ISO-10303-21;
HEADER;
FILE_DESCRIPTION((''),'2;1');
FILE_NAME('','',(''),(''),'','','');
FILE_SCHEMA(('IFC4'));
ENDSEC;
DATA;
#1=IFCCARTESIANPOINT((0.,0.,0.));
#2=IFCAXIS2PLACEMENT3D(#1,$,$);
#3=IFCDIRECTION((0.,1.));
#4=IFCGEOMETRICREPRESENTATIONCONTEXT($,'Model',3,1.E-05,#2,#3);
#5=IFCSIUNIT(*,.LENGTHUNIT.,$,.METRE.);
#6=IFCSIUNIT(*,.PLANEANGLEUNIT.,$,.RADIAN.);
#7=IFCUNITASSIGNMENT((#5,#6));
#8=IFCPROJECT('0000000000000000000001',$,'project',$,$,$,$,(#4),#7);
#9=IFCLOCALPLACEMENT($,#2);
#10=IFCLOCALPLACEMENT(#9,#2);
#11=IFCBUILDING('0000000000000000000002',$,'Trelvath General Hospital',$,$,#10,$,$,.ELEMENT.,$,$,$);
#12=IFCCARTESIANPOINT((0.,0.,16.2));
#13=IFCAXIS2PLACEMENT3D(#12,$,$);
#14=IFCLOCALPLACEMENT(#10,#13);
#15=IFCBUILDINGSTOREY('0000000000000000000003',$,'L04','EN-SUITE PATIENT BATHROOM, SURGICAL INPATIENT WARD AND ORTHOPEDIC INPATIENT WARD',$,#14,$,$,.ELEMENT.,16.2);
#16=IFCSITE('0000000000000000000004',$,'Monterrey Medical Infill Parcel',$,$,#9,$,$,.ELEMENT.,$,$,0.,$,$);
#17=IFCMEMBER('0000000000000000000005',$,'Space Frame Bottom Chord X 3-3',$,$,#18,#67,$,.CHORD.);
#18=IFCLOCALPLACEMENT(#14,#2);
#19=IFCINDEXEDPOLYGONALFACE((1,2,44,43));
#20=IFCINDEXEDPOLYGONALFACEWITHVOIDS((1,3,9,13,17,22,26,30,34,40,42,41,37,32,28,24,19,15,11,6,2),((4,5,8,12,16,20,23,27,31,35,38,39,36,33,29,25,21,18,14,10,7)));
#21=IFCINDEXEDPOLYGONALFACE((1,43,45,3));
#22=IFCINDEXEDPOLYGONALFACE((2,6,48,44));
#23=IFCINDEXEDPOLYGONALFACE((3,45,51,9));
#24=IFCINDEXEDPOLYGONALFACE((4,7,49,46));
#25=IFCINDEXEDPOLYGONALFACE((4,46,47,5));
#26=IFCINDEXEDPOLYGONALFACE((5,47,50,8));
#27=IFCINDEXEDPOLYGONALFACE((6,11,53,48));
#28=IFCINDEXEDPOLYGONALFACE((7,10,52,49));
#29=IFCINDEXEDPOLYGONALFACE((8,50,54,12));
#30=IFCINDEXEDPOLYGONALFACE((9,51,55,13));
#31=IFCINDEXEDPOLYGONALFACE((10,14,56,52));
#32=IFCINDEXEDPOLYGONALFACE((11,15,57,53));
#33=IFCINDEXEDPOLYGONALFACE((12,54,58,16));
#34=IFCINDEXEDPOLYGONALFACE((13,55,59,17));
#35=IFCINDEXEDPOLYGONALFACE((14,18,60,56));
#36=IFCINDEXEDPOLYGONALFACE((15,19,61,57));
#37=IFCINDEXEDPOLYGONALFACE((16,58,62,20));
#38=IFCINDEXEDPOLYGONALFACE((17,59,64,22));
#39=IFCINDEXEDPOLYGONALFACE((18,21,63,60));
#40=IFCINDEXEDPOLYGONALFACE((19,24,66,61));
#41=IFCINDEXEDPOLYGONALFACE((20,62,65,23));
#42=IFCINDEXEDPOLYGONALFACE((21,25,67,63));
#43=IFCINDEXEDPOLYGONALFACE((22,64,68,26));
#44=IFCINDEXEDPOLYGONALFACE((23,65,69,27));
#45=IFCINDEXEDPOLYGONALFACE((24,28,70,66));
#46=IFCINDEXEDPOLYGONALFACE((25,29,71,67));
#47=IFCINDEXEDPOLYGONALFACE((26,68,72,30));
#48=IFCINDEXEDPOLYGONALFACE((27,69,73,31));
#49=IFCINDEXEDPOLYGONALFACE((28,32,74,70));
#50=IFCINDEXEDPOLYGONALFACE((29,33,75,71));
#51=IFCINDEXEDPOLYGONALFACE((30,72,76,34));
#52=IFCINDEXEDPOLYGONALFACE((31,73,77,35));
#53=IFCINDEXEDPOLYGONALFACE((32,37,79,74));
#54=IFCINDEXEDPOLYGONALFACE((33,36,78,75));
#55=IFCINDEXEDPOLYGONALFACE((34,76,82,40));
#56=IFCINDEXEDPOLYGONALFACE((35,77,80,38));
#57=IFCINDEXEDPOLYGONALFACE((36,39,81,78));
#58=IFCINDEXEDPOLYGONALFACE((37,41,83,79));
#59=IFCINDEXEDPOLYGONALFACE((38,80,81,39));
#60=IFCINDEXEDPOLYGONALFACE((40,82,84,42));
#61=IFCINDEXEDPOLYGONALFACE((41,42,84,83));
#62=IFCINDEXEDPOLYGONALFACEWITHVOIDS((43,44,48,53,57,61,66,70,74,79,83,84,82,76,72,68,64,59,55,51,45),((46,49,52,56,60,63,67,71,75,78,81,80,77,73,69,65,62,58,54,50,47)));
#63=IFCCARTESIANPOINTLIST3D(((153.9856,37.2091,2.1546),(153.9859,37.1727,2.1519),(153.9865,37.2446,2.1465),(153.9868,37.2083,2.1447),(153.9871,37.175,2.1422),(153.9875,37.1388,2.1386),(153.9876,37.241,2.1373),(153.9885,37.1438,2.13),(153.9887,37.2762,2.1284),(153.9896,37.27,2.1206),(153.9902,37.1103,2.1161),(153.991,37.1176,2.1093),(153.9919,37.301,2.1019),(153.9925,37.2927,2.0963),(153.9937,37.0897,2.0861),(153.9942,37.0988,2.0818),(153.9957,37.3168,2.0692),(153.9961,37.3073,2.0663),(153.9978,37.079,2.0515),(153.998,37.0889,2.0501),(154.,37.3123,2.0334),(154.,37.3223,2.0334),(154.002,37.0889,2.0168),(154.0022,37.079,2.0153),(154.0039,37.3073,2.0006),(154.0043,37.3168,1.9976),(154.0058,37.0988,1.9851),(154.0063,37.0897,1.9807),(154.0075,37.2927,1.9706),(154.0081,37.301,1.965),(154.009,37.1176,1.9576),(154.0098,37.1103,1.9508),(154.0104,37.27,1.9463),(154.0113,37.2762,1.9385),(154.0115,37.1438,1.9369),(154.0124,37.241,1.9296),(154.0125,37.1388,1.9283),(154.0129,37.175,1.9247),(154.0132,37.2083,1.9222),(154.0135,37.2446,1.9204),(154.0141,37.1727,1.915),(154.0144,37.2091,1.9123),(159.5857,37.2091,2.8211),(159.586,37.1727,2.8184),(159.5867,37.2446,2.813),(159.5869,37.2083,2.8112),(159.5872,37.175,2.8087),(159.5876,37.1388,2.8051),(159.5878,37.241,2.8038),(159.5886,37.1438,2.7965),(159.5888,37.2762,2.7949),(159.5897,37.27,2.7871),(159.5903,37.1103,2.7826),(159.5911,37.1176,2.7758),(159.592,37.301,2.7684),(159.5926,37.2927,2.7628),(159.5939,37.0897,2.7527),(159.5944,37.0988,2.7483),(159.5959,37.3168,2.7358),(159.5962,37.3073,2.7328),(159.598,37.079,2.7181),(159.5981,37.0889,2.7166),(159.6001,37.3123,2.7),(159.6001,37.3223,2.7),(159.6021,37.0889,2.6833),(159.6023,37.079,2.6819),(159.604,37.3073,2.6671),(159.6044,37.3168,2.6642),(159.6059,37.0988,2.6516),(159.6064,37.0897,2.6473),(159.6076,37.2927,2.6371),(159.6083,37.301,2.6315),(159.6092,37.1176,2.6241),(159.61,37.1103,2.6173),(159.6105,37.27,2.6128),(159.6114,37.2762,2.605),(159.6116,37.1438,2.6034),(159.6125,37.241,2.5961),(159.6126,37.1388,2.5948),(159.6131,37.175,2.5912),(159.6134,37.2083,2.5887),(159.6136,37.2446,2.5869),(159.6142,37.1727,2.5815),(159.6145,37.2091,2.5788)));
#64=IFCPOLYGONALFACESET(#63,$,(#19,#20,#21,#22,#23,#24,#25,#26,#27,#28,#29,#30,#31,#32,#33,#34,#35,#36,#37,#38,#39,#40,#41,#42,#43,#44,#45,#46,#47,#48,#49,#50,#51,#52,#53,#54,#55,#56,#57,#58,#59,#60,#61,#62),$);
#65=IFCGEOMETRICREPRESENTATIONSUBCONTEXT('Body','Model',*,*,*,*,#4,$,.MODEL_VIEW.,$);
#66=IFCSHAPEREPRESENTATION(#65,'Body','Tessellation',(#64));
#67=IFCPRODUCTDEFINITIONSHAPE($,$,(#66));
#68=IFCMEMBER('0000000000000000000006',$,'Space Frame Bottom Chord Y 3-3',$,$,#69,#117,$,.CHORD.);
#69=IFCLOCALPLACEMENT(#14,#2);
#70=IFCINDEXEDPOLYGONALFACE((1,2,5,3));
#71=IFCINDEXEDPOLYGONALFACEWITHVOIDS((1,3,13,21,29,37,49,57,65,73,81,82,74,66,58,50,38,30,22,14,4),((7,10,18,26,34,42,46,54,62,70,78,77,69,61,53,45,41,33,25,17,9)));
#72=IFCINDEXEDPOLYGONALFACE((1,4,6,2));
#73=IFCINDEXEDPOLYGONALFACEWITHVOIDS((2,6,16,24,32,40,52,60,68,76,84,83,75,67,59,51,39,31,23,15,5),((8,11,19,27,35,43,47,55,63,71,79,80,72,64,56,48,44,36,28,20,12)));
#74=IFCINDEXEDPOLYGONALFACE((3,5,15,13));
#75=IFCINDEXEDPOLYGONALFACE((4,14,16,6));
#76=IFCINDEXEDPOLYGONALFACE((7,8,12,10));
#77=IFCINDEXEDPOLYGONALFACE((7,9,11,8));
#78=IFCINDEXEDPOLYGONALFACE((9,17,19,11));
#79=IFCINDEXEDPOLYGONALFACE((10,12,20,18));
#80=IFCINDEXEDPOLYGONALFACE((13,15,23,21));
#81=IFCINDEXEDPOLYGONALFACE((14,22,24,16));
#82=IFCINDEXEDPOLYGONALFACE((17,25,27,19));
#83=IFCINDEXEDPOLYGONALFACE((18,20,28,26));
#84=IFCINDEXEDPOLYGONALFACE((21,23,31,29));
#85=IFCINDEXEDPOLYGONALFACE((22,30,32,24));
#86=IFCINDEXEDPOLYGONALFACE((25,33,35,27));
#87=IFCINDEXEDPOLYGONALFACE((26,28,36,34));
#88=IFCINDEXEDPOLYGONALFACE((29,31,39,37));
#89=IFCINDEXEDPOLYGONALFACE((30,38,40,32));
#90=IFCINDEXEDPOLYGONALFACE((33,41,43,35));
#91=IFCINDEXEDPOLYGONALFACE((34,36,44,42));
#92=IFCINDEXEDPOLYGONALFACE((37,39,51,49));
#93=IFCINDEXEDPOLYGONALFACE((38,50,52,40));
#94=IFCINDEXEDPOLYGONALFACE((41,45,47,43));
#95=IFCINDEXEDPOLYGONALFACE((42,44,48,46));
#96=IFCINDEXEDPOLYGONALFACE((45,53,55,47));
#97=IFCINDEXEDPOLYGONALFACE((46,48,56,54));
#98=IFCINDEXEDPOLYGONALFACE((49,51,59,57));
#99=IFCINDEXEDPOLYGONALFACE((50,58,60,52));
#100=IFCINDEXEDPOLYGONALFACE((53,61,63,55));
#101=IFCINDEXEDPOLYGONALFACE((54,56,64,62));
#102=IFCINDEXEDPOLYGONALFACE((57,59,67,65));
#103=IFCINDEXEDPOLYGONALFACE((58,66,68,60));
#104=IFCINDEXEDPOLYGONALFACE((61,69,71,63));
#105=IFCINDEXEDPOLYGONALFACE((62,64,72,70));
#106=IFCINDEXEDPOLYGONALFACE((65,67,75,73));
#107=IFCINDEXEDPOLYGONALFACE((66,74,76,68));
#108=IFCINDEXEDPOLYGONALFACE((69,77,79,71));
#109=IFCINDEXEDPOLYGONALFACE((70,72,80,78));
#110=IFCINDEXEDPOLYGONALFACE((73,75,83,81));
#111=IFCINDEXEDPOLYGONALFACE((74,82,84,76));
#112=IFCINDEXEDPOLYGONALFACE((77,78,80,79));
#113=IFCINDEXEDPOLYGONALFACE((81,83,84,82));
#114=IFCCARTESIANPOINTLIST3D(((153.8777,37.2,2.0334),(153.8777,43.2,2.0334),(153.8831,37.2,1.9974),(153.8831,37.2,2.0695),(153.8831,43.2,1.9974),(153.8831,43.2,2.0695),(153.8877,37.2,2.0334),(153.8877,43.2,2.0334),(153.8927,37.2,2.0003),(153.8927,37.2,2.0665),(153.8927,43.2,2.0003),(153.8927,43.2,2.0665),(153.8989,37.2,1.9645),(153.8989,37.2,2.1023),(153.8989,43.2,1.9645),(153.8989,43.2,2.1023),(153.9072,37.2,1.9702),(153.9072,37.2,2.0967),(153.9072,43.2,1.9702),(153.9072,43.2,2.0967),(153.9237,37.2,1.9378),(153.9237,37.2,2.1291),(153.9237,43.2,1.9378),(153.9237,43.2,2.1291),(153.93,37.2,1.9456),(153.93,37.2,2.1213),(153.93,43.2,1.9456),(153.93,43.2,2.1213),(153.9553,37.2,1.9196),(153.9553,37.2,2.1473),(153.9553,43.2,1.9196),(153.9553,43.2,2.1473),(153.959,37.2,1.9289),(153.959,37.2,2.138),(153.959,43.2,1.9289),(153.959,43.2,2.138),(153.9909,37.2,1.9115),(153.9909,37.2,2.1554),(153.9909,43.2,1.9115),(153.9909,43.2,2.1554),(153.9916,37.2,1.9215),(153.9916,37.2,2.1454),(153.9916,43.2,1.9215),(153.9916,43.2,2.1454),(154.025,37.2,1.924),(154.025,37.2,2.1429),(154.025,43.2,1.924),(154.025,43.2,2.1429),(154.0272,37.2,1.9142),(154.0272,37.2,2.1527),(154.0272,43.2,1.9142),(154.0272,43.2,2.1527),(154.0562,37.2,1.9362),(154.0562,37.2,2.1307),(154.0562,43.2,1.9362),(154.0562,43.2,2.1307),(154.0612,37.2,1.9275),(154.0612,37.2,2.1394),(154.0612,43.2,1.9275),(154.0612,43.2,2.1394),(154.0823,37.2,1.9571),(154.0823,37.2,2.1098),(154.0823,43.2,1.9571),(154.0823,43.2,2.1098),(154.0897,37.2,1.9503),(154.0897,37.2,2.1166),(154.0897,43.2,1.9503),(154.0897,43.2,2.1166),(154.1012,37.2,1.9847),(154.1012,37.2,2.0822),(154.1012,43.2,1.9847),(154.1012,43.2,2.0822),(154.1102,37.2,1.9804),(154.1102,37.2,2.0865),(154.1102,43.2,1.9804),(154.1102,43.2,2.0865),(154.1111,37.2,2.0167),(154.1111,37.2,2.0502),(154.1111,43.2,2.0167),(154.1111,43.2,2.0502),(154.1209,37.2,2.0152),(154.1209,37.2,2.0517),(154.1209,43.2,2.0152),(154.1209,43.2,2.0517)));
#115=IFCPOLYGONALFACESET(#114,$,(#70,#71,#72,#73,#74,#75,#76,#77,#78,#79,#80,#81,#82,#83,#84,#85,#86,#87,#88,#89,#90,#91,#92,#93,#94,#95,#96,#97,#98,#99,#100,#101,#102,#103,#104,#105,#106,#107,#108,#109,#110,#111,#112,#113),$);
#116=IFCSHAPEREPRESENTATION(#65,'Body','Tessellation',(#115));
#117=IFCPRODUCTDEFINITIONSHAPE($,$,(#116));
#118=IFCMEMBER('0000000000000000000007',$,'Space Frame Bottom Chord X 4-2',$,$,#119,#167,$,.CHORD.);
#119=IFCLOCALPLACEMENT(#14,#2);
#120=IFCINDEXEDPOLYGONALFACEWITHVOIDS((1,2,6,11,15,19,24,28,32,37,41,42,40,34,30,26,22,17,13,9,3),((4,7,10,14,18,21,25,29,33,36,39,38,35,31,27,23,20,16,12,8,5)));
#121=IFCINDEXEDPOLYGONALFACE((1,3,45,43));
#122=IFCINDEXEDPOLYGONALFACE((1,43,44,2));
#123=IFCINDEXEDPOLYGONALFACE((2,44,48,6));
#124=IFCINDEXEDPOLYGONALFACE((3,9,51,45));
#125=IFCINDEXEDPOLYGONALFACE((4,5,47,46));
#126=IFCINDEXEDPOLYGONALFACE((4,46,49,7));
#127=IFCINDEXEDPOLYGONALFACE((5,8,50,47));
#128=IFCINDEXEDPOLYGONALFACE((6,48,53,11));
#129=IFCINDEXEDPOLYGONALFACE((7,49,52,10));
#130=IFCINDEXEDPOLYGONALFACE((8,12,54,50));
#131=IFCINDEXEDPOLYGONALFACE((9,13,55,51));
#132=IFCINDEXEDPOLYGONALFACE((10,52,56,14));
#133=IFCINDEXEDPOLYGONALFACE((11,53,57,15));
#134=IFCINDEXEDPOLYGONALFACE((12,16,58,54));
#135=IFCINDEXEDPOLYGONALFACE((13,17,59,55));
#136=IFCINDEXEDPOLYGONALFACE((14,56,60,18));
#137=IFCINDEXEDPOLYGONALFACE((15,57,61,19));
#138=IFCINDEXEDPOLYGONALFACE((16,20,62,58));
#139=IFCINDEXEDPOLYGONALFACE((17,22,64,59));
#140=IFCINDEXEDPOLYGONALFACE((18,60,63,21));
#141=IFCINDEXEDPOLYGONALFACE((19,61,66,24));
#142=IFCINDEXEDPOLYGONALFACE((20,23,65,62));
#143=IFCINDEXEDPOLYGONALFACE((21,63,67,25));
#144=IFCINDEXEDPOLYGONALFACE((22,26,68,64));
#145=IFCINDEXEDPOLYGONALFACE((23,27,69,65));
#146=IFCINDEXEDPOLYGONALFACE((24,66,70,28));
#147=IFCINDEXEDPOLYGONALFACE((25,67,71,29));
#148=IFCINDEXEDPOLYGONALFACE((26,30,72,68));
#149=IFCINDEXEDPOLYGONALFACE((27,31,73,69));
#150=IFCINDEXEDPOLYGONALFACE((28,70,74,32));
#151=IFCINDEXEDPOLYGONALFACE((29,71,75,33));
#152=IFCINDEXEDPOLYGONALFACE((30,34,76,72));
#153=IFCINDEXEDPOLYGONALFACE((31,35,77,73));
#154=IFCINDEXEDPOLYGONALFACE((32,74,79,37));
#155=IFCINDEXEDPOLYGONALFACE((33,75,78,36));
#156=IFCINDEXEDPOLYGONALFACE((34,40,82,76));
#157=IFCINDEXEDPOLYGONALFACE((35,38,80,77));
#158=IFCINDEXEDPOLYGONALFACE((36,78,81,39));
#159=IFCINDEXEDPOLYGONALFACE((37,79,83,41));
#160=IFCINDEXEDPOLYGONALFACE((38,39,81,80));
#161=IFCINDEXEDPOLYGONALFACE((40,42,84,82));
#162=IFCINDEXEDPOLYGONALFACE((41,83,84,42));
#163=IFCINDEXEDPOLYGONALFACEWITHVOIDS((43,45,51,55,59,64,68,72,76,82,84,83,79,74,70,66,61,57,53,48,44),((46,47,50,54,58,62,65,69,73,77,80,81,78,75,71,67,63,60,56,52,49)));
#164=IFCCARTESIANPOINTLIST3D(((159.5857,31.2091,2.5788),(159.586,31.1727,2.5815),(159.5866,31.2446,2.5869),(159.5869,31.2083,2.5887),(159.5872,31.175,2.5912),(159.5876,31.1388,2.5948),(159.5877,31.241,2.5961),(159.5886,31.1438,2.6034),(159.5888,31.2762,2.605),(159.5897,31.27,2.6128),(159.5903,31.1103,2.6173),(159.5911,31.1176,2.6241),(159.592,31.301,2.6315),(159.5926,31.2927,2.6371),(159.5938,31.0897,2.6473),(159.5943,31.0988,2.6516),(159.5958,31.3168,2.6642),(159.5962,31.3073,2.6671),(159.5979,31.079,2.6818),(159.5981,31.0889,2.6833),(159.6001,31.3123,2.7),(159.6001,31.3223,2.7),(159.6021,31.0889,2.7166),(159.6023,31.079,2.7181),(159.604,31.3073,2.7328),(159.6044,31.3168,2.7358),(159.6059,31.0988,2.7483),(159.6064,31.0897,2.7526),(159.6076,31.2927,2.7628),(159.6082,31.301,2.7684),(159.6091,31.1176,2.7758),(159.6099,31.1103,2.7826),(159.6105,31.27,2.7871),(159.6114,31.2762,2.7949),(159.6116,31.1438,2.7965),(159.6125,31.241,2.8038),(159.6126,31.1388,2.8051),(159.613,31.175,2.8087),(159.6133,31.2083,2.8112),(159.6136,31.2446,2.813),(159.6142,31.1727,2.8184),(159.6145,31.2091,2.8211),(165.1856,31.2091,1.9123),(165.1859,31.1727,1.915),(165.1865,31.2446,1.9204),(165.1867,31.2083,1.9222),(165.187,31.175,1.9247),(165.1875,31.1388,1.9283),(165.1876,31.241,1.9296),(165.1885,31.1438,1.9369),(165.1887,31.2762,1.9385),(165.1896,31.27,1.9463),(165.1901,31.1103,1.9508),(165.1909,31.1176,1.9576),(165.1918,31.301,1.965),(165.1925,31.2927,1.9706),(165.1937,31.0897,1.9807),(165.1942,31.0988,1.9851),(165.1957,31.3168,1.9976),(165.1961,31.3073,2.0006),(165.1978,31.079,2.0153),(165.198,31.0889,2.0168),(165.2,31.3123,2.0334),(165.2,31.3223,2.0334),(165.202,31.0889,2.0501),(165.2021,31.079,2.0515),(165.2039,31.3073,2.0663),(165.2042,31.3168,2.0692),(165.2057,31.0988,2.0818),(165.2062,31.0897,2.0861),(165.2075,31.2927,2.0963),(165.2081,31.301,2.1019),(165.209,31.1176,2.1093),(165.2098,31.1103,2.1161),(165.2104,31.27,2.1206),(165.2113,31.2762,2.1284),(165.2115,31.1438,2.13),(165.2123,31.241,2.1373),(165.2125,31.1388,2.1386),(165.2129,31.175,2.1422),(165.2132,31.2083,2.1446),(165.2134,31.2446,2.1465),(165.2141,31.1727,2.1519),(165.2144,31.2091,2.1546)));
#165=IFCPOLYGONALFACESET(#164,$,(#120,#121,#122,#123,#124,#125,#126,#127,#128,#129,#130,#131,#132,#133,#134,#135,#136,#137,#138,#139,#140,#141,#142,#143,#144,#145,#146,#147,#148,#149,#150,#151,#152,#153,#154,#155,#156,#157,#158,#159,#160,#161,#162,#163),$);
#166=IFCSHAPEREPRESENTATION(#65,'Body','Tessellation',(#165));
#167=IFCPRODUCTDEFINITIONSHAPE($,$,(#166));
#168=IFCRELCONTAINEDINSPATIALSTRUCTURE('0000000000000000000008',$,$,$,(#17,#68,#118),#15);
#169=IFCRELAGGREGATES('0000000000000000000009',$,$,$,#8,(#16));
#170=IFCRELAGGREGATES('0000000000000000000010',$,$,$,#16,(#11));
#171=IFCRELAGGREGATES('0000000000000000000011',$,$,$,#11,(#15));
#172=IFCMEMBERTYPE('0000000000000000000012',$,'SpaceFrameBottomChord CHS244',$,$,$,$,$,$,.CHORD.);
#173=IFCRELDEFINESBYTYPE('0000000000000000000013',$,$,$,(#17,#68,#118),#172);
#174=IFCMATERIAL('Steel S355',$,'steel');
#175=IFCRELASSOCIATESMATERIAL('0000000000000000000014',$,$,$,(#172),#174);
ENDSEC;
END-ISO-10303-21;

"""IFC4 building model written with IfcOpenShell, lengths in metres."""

from ifc_helpers import new_model, si_unit, direction, frame, origin, origin_2d, place, context, subcontext, project, spatial, hollow_circle, extrude, material, material_profile, profile_set, type_object, element, save


model = new_model("IFC4")

# Units and contexts
model_context = context("Model", 3, precision=1e-05, world=origin(), true_north=direction((0.0, 1.0)))
body_context = subcontext(model_context, "Body", "Model", "MODEL_VIEW")
ifc_project = project(units=[si_unit("LENGTHUNIT", "METRE"), si_unit("PLANEANGLEUNIT", "RADIAN")], contexts=[model_context])

# Site, building, storey
site_placement = place(None, origin())
site = spatial("IfcSite", under=ifc_project, at=site_placement, Name="Monterrey Medical Infill Parcel", CompositionType="ELEMENT", RefElevation=0.0)
building_placement = place(site_placement, origin())
building = spatial("IfcBuilding", under=site, at=building_placement, Name="Trelvath General Hospital", CompositionType="ELEMENT")
storey_placement = place(building_placement, frame((0.0, 0.0, 16.2)))
storey = spatial("IfcBuildingStorey", under=building, at=storey_placement, Name="L04", Description="EN-SUITE PATIENT BATHROOM, SURGICAL INPATIENT WARD AND ORTHOPEDIC INPATIENT WARD", CompositionType="ELEMENT", Elevation=16.2)

# Members
ifc_material_1 = material(Name="Steel S355", Category="steel")
ifc_material_profile_1 = material_profile(ifc_material_1, hollow_circle(Radius=0.1223, WallThickness=0.01, at=origin_2d()), Name="CHS244.5x10.0")
ifc_profile_set_1 = profile_set([ifc_material_profile_1], Name="Steel S355")
member_type_1 = type_object("IfcMemberType", Name="SpaceFrameBottomChord CHS244", PredefinedType="CHORD", material=ifc_profile_set_1)
member_1_placement = place(storey_placement, frame((154.0, 37.2, 2.0334), z_axis=(0.992992, 0.0, 0.118182), x_axis=(0.0, 1.0, 0.0)))
element("IfcMember", 1, at=member_1_placement, inside=storey, type_object=member_type_1, Name="Space Frame Bottom Chord X 3-3", PredefinedType="CHORD", context=body_context, shape_type="SweptSolid", body=[
    extrude(hollow_circle(Radius=0.1223, WallThickness=0.01, at=origin_2d()), origin(), (0.0, 0.0, 1.0), 5.6396),
])
member_2_placement = place(storey_placement, frame((154.0, 37.2, 2.0334), z_axis=(0.0, 1.0, 0.0), x_axis=(-1.0, 0.0, 0.0)))
element("IfcMember", 2, at=member_2_placement, inside=storey, type_object=member_type_1, Name="Space Frame Bottom Chord Y 3-3", PredefinedType="CHORD", context=body_context, shape_type="SweptSolid", body=[
    extrude(hollow_circle(Radius=0.1223, WallThickness=0.01, at=origin_2d()), origin(), (0.0, 0.0, 1.0), 6.0),
])
member_3_placement = place(storey_placement, frame((159.6001, 31.2, 2.7), z_axis=(0.992991, 0.0, -0.118187), x_axis=(0.0, 1.0, 0.0)))
element("IfcMember", 3, at=member_3_placement, inside=storey, type_object=member_type_1, Name="Space Frame Bottom Chord X 4-2", PredefinedType="CHORD", context=body_context, shape_type="SweptSolid", body=[
    extrude(hollow_circle(Radius=0.1223, WallThickness=0.01, at=origin_2d()), origin(), (0.0, 0.0, 1.0), 5.6394),
])

save(model, "model.ifc")
